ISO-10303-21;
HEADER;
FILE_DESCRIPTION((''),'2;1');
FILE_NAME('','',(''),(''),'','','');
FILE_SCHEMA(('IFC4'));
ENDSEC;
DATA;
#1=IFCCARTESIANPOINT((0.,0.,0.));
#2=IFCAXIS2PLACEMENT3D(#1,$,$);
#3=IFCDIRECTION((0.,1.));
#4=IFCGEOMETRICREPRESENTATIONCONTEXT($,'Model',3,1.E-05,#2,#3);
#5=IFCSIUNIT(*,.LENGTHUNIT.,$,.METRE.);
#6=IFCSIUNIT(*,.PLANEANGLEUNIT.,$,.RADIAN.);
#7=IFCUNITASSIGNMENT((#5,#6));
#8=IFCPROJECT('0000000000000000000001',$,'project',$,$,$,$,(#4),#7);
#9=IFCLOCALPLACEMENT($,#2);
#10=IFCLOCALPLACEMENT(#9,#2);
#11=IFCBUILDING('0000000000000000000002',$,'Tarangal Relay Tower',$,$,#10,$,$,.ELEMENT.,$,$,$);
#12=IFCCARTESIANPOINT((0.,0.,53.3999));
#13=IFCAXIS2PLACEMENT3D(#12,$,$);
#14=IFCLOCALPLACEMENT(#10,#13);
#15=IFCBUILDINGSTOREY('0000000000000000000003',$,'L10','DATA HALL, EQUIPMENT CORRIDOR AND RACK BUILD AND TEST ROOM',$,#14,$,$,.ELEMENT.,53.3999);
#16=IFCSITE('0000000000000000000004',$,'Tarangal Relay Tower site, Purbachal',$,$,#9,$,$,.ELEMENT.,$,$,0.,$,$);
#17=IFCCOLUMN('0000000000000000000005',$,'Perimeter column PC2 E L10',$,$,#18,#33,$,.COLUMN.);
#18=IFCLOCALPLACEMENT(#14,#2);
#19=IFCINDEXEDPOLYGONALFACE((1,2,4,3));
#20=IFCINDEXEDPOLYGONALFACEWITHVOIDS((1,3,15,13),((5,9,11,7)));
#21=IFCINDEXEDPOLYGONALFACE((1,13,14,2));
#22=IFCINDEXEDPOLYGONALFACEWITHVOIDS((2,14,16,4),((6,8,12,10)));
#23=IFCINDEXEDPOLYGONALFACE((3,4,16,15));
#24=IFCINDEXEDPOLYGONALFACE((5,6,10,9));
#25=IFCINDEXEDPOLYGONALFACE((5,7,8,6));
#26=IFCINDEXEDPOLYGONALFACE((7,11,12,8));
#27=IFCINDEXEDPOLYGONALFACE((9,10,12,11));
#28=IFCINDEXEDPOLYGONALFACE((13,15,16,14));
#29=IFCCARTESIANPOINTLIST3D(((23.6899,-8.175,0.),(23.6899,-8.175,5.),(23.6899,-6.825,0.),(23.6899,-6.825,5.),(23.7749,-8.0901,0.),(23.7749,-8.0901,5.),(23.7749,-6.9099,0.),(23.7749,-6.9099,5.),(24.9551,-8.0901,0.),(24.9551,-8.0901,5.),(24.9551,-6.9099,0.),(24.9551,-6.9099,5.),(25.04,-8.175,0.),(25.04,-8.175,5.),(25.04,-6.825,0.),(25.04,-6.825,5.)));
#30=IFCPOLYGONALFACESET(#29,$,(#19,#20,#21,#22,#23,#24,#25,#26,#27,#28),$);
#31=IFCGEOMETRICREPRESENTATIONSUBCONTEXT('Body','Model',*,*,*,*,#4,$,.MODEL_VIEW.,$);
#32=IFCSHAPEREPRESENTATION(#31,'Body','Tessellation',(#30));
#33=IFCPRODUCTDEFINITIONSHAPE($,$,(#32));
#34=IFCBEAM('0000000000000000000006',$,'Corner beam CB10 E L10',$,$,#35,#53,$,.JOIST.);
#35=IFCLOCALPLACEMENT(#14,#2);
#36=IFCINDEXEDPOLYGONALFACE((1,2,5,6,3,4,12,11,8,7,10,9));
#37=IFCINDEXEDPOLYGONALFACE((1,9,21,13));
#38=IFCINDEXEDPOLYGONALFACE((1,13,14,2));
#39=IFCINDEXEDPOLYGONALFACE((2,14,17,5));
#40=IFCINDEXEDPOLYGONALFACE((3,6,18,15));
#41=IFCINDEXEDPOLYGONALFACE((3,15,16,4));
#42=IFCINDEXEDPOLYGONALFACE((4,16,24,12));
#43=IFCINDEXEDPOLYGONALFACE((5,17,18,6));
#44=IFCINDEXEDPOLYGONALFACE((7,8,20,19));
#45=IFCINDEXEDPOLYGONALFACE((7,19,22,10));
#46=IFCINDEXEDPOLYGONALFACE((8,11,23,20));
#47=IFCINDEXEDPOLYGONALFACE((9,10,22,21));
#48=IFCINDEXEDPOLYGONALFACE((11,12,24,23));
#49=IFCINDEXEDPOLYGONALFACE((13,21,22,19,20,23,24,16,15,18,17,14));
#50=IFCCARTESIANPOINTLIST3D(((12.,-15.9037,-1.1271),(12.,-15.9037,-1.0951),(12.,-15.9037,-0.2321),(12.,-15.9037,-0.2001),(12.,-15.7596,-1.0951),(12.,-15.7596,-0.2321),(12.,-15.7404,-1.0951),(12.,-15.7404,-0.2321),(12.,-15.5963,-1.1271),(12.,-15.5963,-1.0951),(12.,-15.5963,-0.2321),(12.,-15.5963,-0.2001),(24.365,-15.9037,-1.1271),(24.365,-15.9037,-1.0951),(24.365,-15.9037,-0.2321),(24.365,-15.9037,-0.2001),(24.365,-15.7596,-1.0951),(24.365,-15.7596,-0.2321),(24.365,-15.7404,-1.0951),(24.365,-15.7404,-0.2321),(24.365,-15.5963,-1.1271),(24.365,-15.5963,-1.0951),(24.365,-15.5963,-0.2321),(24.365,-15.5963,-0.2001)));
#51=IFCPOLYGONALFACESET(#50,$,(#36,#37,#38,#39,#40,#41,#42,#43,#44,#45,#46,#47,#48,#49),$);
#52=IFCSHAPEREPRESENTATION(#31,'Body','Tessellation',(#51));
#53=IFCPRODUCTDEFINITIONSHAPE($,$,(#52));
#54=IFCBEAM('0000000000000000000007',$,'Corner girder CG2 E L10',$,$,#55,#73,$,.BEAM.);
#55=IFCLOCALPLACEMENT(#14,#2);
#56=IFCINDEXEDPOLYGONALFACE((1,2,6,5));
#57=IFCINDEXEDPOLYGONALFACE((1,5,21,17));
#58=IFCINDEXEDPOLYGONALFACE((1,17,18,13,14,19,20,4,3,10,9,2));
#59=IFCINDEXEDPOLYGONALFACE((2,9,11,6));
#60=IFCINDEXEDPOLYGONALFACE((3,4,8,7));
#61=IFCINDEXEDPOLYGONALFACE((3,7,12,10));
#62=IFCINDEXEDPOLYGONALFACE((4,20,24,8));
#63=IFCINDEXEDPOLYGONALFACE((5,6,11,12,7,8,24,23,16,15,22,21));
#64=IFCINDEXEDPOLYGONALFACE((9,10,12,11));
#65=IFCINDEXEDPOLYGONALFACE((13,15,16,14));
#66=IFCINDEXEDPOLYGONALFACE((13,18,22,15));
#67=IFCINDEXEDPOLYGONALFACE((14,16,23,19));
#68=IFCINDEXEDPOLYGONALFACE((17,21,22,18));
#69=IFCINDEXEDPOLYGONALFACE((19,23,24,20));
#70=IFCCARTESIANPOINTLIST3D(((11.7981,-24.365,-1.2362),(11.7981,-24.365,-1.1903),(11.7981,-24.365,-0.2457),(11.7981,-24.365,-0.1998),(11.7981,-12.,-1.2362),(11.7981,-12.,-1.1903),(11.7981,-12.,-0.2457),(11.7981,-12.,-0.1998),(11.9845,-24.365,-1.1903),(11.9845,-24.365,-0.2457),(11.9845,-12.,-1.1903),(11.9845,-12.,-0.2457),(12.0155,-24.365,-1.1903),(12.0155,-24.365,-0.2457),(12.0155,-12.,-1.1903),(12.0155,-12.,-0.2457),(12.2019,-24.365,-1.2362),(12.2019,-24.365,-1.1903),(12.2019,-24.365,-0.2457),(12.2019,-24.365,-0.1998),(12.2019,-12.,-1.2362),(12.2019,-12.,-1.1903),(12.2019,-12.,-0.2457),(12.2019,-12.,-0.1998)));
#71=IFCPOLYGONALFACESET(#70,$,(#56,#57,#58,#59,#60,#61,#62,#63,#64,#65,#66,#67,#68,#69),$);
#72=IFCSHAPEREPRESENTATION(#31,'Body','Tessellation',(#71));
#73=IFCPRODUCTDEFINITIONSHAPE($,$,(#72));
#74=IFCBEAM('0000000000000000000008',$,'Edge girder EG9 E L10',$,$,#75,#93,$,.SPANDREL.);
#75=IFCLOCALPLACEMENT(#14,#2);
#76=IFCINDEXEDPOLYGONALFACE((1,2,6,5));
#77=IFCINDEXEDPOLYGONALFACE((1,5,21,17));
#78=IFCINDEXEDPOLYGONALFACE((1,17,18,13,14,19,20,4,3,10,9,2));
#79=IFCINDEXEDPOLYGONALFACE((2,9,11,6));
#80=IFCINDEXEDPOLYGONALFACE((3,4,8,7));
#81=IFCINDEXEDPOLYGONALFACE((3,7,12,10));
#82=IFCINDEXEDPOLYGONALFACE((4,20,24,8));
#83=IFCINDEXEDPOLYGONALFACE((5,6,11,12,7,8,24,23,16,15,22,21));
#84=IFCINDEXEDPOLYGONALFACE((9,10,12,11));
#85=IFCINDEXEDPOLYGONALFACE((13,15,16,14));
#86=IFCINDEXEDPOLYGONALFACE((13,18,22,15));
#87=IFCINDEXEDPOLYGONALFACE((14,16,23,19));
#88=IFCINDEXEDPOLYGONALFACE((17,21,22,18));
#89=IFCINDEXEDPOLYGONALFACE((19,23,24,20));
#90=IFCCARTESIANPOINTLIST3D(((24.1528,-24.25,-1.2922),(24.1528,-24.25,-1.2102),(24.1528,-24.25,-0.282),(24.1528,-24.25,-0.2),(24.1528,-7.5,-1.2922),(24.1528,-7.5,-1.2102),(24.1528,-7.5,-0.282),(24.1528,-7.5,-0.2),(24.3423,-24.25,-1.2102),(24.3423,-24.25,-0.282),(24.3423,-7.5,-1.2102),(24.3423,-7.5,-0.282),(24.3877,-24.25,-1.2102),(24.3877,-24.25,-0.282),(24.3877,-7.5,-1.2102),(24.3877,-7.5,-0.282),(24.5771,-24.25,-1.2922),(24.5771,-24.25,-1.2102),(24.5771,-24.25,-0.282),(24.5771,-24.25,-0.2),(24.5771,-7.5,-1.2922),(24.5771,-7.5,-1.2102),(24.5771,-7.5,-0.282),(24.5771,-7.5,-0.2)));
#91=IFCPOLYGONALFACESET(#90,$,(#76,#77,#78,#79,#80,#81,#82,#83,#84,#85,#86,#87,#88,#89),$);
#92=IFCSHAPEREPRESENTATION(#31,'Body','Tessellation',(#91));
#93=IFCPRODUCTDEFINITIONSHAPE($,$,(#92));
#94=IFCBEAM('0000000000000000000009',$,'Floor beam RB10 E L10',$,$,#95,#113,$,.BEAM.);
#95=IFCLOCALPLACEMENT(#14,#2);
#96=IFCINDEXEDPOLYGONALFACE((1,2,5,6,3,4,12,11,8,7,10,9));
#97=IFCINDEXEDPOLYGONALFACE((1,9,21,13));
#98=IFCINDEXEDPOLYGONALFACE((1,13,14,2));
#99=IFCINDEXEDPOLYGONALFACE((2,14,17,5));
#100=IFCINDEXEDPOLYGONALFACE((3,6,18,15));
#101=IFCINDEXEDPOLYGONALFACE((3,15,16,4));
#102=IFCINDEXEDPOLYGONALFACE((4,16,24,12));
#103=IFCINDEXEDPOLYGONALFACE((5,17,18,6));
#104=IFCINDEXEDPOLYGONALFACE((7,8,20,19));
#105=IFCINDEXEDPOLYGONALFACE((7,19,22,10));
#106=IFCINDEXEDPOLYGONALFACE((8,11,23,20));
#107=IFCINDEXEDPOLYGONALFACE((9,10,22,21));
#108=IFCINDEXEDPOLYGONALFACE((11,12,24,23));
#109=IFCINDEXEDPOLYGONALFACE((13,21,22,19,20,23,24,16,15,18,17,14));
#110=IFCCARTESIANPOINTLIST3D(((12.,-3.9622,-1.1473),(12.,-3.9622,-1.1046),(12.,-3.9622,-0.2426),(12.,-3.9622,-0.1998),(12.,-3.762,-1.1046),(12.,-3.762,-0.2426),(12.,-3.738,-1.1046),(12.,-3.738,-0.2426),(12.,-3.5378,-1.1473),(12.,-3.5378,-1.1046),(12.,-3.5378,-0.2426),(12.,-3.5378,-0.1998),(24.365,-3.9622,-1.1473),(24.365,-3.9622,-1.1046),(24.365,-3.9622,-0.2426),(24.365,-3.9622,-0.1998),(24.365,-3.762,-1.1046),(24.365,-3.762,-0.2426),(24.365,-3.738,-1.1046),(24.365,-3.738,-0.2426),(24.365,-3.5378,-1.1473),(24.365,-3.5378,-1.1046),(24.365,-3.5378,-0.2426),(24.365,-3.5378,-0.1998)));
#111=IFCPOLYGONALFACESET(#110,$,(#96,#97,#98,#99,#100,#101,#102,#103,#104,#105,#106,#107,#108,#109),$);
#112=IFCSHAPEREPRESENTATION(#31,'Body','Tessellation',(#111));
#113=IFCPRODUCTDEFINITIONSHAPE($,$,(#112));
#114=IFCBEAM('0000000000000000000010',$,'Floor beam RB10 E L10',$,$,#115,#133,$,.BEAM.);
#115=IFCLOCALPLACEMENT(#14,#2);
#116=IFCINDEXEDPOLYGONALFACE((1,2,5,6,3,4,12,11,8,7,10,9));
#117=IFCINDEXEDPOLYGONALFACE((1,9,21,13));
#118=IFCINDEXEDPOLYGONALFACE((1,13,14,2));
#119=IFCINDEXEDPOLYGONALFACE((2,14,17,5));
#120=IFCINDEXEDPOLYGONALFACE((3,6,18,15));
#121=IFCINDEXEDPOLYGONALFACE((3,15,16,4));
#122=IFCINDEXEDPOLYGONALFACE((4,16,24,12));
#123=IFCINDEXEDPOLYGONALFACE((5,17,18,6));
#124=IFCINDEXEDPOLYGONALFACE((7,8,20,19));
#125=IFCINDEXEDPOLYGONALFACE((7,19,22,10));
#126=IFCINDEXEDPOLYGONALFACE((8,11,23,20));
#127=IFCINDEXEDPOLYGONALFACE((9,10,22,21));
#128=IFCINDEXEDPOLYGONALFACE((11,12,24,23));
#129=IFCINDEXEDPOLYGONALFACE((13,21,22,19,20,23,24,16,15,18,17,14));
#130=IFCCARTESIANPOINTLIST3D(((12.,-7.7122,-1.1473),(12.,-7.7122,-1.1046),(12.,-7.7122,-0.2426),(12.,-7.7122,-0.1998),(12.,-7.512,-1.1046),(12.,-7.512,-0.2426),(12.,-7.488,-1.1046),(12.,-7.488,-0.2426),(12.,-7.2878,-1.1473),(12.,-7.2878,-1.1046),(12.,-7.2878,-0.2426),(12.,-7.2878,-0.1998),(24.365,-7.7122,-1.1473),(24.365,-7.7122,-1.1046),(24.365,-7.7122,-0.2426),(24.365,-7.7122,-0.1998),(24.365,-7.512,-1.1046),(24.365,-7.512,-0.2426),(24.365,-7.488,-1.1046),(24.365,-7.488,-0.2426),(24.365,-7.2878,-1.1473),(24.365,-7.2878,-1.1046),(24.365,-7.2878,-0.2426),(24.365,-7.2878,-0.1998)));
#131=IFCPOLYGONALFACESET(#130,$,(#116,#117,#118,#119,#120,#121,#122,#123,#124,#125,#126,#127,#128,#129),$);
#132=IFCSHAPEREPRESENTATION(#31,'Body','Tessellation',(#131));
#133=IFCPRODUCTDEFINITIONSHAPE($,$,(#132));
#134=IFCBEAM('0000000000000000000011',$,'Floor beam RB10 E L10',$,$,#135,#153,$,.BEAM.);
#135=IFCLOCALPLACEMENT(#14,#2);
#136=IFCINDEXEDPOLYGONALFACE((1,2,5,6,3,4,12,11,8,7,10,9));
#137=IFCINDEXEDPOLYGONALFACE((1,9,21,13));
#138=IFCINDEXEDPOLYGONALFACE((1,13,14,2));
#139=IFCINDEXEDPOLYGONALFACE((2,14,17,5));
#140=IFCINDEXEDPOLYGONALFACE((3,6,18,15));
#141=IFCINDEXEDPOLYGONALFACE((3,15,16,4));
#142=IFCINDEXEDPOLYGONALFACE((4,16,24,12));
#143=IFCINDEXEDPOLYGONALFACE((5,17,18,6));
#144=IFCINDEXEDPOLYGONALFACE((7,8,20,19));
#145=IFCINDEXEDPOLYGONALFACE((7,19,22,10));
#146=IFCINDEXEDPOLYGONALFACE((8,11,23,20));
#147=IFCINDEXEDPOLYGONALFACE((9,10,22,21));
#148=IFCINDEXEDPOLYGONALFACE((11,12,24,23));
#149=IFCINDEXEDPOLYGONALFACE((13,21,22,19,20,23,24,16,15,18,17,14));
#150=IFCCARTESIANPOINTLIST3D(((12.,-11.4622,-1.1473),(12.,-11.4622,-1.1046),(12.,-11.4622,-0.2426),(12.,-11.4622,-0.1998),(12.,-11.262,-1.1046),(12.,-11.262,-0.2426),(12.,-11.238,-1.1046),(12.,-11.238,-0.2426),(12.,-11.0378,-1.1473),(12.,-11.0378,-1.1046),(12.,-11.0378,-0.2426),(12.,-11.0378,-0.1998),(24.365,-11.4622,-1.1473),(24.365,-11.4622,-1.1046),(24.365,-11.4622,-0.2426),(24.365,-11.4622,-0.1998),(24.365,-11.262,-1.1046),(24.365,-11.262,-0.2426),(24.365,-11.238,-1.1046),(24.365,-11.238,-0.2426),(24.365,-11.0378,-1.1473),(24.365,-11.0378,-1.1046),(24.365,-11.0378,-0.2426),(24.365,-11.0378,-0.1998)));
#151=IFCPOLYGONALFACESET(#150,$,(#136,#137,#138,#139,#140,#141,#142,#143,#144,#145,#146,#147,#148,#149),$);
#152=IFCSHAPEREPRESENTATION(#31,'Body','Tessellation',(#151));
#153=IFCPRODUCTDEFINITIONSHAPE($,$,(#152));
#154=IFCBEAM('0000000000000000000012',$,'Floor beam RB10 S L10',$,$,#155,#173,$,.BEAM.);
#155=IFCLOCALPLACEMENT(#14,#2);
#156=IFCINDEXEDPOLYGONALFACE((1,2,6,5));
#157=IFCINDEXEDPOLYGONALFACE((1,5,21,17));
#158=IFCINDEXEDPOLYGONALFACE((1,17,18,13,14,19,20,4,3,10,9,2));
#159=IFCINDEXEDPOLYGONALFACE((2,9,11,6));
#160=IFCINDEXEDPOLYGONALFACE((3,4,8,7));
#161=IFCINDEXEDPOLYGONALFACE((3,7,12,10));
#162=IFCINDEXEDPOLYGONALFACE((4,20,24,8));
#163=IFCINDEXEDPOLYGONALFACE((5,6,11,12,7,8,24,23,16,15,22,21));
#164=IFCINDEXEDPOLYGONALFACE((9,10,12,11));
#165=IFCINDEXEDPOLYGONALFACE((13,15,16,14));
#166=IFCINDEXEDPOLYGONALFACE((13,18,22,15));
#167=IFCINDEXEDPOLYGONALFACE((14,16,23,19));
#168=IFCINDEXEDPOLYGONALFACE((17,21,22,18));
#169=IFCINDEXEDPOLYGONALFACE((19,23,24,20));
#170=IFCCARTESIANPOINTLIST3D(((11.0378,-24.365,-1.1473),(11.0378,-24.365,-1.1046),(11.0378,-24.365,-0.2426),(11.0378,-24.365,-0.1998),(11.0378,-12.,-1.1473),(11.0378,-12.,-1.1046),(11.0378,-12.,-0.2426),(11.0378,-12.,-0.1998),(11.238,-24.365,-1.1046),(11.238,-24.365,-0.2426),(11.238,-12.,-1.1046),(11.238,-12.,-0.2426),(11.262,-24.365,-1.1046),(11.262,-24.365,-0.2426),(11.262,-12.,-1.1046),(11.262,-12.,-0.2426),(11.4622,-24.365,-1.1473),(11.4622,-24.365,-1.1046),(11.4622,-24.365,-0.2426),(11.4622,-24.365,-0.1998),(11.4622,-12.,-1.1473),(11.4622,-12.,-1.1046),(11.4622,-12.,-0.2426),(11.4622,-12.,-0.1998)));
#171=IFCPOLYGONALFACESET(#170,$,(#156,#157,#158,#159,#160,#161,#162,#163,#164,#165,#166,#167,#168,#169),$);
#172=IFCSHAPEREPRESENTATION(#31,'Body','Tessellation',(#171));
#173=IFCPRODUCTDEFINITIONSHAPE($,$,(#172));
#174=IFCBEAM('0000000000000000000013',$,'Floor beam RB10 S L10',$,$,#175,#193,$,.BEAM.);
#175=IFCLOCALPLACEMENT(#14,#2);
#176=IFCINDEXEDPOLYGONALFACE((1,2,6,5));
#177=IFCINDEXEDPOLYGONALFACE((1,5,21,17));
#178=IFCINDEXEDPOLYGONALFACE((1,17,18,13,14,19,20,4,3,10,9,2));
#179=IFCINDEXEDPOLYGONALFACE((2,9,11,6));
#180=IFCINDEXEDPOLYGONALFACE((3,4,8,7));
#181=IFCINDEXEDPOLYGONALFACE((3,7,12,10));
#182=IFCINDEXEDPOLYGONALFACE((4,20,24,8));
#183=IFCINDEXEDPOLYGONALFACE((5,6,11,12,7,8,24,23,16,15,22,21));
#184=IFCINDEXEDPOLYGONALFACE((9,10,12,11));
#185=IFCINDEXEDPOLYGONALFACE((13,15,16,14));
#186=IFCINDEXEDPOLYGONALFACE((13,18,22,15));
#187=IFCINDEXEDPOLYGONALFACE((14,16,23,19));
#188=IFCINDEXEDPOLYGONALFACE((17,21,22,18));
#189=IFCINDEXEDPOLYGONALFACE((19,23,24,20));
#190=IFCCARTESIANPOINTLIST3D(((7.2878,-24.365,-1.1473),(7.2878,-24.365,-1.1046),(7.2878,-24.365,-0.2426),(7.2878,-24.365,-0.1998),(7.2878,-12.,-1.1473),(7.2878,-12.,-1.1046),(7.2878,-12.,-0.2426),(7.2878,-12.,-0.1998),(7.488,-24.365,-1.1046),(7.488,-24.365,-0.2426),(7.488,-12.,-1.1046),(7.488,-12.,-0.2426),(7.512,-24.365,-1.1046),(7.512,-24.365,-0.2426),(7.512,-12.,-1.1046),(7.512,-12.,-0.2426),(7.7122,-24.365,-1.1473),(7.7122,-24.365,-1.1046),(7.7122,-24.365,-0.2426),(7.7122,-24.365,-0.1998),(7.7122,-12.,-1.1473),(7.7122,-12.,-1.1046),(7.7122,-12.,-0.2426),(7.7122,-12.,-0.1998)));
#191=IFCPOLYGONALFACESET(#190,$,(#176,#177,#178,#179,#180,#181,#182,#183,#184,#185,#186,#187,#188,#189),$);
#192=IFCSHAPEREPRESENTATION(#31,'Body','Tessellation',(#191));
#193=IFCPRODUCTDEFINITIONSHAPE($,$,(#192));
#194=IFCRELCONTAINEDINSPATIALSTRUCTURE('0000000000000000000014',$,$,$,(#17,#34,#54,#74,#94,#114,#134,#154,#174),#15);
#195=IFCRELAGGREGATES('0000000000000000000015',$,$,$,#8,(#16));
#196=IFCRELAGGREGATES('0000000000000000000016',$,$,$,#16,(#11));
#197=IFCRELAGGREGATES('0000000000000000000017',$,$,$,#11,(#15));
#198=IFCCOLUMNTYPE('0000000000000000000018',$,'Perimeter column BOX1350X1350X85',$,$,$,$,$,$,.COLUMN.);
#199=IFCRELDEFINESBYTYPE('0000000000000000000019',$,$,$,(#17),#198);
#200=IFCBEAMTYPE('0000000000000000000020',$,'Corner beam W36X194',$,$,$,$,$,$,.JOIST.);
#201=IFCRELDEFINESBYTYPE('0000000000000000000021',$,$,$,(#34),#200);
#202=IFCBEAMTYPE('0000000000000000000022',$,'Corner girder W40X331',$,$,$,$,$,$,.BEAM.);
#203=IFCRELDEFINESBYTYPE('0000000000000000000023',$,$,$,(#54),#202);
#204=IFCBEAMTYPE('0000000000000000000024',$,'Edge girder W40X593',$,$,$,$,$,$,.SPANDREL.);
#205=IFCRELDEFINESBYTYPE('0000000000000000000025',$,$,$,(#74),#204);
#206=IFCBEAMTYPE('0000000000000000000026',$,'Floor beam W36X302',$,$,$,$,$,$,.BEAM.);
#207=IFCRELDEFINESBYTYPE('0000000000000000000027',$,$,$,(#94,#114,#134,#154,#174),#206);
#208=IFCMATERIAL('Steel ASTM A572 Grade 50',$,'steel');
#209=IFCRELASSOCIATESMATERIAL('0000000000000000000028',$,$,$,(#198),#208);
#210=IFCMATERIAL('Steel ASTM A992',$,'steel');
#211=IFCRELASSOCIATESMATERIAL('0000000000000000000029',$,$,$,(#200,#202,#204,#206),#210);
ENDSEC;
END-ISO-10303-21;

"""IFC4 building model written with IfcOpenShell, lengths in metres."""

from ifc_helpers import new_model, si_unit, direction, frame, origin, origin_2d, place, context, subcontext, project, spatial, hollow_rectangle, i_section, extrude, material, material_profile, profile_set, type_object, element, save


model = new_model("IFC4")

# Units and contexts
model_context = context("Model", 3, precision=1e-05, world=origin(), true_north=direction((0.0, 1.0)))
body_context = subcontext(model_context, "Body", "Model", "MODEL_VIEW")
ifc_project = project(units=[si_unit("LENGTHUNIT", "METRE"), si_unit("PLANEANGLEUNIT", "RADIAN")], contexts=[model_context])

# Site, building, storey
site_placement = place(None, origin())
site = spatial("IfcSite", under=ifc_project, at=site_placement, Name="Tarangal Relay Tower site, Purbachal", CompositionType="ELEMENT", RefElevation=0.0)
building_placement = place(site_placement, origin())
building = spatial("IfcBuilding", under=site, at=building_placement, Name="Tarangal Relay Tower", CompositionType="ELEMENT")
storey_placement = place(building_placement, frame((0.0, 0.0, 53.3999)))
storey = spatial("IfcBuildingStorey", under=building, at=storey_placement, Name="L10", Description="DATA HALL, EQUIPMENT CORRIDOR AND RACK BUILD AND TEST ROOM", CompositionType="ELEMENT", Elevation=53.3999)

# Column
ifc_material_1 = material(Name="Steel ASTM A572 Grade 50", Category="steel")
ifc_material_profile_1 = material_profile(ifc_material_1, hollow_rectangle(XDim=1.3501, YDim=1.3501, WallThickness=0.085, at=origin_2d()), Name="BOX1350X1350X85")
ifc_profile_set_1 = profile_set([ifc_material_profile_1], Name="Steel ASTM A572 Grade 50")
column_type = type_object("IfcColumnType", Name="Perimeter column BOX1350X1350X85", PredefinedType="COLUMN", material=ifc_profile_set_1)
column_placement = place(storey_placement, frame((24.365, -7.5, 0.0), z_axis=(0.0, 0.0, 1.0), x_axis=(1.0, 0.0, 0.0)))
element("IfcColumn", 1, at=column_placement, inside=storey, type_object=column_type, Name="Perimeter column PC2 E L10", PredefinedType="COLUMN", context=body_context, shape_type="SweptSolid", body=[
    extrude(hollow_rectangle(XDim=1.3501, YDim=1.3501, WallThickness=0.085, at=origin_2d()), origin(), (0.0, 0.0, 1.0), 5.0),
])

# Beams
ifc_material_2 = material(Name="Steel ASTM A992", Category="steel")
ifc_material_profile_2 = material_profile(ifc_material_2, i_section(OverallWidth=0.3074, OverallDepth=0.927, WebThickness=0.0193, FlangeThickness=0.032, at=origin_2d()), Name="W36X194")
ifc_profile_set_2 = profile_set([ifc_material_profile_2], Name="Steel ASTM A992")
beam_type_1 = type_object("IfcBeamType", Name="Corner beam W36X194", PredefinedType="JOIST", material=ifc_profile_set_2)
beam_1_placement = place(storey_placement, frame((12.0, -15.75, -0.6636), z_axis=(1.0, 0.0, 0.0), x_axis=(0.0, 1.0, 0.0)))
element("IfcBeam", 2, at=beam_1_placement, inside=storey, type_object=beam_type_1, Name="Corner beam CB10 E L10", PredefinedType="JOIST", context=body_context, shape_type="SweptSolid", body=[
    extrude(i_section(OverallWidth=0.3074, OverallDepth=0.927, WebThickness=0.0193, FlangeThickness=0.032, at=origin_2d()), origin(), (0.0, 0.0, 1.0), 12.365),
])
ifc_material_profile_3 = material_profile(ifc_material_2, i_section(OverallWidth=0.4038, OverallDepth=1.0364, WebThickness=0.031, FlangeThickness=0.0459, at=origin_2d()), Name="W40X331")
ifc_profile_set_3 = profile_set([ifc_material_profile_3], Name="Steel ASTM A992")
beam_type_2 = type_object("IfcBeamType", Name="Corner girder W40X331", PredefinedType="BEAM", material=ifc_profile_set_3)
beam_2_placement = place(storey_placement, frame((12.0, -12.0, -0.718), z_axis=(0.0, -1.0, 0.0), x_axis=(1.0, 0.0, 0.0)))
element("IfcBeam", 3, at=beam_2_placement, inside=storey, type_object=beam_type_2, Name="Corner girder CG2 E L10", PredefinedType="BEAM", context=body_context, shape_type="SweptSolid", body=[
    extrude(i_section(OverallWidth=0.4038, OverallDepth=1.0364, WebThickness=0.031, FlangeThickness=0.0459, at=origin_2d()), origin(), (0.0, 0.0, 1.0), 12.365),
])
ifc_material_profile_4 = material_profile(ifc_material_2, i_section(OverallWidth=0.4243, OverallDepth=1.0923, WebThickness=0.0454, FlangeThickness=0.082, at=origin_2d()), Name="W40X593")
ifc_profile_set_4 = profile_set([ifc_material_profile_4], Name="Steel ASTM A992")
beam_type_3 = type_object("IfcBeamType", Name="Edge girder W40X593", PredefinedType="SPANDREL", material=ifc_profile_set_4)
beam_3_placement = place(storey_placement, frame((24.365, -7.5, -0.7461), z_axis=(0.0, -1.0, 0.0), x_axis=(1.0, 0.0, 0.0)))
element("IfcBeam", 4, at=beam_3_placement, inside=storey, type_object=beam_type_3, Name="Edge girder EG9 E L10", PredefinedType="SPANDREL", context=body_context, shape_type="SweptSolid", body=[
    extrude(i_section(OverallWidth=0.4243, OverallDepth=1.0923, WebThickness=0.0454, FlangeThickness=0.082, at=origin_2d()), origin(), (0.0, 0.0, 1.0), 16.75),
])
ifc_material_profile_5 = material_profile(ifc_material_2, i_section(OverallWidth=0.4243, OverallDepth=0.9475, WebThickness=0.0239, FlangeThickness=0.0427, at=origin_2d()), Name="W36X302")
ifc_profile_set_5 = profile_set([ifc_material_profile_5], Name="Steel ASTM A992")
beam_type_4 = type_object("IfcBeamType", Name="Floor beam W36X302", PredefinedType="BEAM", material=ifc_profile_set_5)
for number, where, z_axis, x_axis, name in (
    (5, (12.0, -3.75, -0.6736), (1.0, 0.0, 0.0), (0.0, 1.0, 0.0), "Floor beam RB10 E L10"),
    (6, (12.0, -7.5, -0.6736), (1.0, 0.0, 0.0), (0.0, 1.0, 0.0), "Floor beam RB10 E L10"),
    (7, (12.0, -11.25, -0.6736), (1.0, 0.0, 0.0), (0.0, 1.0, 0.0), "Floor beam RB10 E L10"),
    (8, (11.25, -12.0, -0.6736), (0.0, -1.0, 0.0), (1.0, 0.0, 0.0), "Floor beam RB10 S L10"),
    (9, (7.5, -12.0, -0.6736), (0.0, -1.0, 0.0), (1.0, 0.0, 0.0), "Floor beam RB10 S L10"),
):
    element("IfcBeam", number, at=place(storey_placement, frame(where, z_axis=z_axis, x_axis=x_axis)), inside=storey, type_object=beam_type_4, Name=name, PredefinedType="BEAM", context=body_context, shape_type="SweptSolid", body=[
        extrude(i_section(OverallWidth=0.4243, OverallDepth=0.9475, WebThickness=0.0239, FlangeThickness=0.0427, at=origin_2d()), origin(), (0.0, 0.0, 1.0), 12.365),
    ])

save(model, "model.ifc")
